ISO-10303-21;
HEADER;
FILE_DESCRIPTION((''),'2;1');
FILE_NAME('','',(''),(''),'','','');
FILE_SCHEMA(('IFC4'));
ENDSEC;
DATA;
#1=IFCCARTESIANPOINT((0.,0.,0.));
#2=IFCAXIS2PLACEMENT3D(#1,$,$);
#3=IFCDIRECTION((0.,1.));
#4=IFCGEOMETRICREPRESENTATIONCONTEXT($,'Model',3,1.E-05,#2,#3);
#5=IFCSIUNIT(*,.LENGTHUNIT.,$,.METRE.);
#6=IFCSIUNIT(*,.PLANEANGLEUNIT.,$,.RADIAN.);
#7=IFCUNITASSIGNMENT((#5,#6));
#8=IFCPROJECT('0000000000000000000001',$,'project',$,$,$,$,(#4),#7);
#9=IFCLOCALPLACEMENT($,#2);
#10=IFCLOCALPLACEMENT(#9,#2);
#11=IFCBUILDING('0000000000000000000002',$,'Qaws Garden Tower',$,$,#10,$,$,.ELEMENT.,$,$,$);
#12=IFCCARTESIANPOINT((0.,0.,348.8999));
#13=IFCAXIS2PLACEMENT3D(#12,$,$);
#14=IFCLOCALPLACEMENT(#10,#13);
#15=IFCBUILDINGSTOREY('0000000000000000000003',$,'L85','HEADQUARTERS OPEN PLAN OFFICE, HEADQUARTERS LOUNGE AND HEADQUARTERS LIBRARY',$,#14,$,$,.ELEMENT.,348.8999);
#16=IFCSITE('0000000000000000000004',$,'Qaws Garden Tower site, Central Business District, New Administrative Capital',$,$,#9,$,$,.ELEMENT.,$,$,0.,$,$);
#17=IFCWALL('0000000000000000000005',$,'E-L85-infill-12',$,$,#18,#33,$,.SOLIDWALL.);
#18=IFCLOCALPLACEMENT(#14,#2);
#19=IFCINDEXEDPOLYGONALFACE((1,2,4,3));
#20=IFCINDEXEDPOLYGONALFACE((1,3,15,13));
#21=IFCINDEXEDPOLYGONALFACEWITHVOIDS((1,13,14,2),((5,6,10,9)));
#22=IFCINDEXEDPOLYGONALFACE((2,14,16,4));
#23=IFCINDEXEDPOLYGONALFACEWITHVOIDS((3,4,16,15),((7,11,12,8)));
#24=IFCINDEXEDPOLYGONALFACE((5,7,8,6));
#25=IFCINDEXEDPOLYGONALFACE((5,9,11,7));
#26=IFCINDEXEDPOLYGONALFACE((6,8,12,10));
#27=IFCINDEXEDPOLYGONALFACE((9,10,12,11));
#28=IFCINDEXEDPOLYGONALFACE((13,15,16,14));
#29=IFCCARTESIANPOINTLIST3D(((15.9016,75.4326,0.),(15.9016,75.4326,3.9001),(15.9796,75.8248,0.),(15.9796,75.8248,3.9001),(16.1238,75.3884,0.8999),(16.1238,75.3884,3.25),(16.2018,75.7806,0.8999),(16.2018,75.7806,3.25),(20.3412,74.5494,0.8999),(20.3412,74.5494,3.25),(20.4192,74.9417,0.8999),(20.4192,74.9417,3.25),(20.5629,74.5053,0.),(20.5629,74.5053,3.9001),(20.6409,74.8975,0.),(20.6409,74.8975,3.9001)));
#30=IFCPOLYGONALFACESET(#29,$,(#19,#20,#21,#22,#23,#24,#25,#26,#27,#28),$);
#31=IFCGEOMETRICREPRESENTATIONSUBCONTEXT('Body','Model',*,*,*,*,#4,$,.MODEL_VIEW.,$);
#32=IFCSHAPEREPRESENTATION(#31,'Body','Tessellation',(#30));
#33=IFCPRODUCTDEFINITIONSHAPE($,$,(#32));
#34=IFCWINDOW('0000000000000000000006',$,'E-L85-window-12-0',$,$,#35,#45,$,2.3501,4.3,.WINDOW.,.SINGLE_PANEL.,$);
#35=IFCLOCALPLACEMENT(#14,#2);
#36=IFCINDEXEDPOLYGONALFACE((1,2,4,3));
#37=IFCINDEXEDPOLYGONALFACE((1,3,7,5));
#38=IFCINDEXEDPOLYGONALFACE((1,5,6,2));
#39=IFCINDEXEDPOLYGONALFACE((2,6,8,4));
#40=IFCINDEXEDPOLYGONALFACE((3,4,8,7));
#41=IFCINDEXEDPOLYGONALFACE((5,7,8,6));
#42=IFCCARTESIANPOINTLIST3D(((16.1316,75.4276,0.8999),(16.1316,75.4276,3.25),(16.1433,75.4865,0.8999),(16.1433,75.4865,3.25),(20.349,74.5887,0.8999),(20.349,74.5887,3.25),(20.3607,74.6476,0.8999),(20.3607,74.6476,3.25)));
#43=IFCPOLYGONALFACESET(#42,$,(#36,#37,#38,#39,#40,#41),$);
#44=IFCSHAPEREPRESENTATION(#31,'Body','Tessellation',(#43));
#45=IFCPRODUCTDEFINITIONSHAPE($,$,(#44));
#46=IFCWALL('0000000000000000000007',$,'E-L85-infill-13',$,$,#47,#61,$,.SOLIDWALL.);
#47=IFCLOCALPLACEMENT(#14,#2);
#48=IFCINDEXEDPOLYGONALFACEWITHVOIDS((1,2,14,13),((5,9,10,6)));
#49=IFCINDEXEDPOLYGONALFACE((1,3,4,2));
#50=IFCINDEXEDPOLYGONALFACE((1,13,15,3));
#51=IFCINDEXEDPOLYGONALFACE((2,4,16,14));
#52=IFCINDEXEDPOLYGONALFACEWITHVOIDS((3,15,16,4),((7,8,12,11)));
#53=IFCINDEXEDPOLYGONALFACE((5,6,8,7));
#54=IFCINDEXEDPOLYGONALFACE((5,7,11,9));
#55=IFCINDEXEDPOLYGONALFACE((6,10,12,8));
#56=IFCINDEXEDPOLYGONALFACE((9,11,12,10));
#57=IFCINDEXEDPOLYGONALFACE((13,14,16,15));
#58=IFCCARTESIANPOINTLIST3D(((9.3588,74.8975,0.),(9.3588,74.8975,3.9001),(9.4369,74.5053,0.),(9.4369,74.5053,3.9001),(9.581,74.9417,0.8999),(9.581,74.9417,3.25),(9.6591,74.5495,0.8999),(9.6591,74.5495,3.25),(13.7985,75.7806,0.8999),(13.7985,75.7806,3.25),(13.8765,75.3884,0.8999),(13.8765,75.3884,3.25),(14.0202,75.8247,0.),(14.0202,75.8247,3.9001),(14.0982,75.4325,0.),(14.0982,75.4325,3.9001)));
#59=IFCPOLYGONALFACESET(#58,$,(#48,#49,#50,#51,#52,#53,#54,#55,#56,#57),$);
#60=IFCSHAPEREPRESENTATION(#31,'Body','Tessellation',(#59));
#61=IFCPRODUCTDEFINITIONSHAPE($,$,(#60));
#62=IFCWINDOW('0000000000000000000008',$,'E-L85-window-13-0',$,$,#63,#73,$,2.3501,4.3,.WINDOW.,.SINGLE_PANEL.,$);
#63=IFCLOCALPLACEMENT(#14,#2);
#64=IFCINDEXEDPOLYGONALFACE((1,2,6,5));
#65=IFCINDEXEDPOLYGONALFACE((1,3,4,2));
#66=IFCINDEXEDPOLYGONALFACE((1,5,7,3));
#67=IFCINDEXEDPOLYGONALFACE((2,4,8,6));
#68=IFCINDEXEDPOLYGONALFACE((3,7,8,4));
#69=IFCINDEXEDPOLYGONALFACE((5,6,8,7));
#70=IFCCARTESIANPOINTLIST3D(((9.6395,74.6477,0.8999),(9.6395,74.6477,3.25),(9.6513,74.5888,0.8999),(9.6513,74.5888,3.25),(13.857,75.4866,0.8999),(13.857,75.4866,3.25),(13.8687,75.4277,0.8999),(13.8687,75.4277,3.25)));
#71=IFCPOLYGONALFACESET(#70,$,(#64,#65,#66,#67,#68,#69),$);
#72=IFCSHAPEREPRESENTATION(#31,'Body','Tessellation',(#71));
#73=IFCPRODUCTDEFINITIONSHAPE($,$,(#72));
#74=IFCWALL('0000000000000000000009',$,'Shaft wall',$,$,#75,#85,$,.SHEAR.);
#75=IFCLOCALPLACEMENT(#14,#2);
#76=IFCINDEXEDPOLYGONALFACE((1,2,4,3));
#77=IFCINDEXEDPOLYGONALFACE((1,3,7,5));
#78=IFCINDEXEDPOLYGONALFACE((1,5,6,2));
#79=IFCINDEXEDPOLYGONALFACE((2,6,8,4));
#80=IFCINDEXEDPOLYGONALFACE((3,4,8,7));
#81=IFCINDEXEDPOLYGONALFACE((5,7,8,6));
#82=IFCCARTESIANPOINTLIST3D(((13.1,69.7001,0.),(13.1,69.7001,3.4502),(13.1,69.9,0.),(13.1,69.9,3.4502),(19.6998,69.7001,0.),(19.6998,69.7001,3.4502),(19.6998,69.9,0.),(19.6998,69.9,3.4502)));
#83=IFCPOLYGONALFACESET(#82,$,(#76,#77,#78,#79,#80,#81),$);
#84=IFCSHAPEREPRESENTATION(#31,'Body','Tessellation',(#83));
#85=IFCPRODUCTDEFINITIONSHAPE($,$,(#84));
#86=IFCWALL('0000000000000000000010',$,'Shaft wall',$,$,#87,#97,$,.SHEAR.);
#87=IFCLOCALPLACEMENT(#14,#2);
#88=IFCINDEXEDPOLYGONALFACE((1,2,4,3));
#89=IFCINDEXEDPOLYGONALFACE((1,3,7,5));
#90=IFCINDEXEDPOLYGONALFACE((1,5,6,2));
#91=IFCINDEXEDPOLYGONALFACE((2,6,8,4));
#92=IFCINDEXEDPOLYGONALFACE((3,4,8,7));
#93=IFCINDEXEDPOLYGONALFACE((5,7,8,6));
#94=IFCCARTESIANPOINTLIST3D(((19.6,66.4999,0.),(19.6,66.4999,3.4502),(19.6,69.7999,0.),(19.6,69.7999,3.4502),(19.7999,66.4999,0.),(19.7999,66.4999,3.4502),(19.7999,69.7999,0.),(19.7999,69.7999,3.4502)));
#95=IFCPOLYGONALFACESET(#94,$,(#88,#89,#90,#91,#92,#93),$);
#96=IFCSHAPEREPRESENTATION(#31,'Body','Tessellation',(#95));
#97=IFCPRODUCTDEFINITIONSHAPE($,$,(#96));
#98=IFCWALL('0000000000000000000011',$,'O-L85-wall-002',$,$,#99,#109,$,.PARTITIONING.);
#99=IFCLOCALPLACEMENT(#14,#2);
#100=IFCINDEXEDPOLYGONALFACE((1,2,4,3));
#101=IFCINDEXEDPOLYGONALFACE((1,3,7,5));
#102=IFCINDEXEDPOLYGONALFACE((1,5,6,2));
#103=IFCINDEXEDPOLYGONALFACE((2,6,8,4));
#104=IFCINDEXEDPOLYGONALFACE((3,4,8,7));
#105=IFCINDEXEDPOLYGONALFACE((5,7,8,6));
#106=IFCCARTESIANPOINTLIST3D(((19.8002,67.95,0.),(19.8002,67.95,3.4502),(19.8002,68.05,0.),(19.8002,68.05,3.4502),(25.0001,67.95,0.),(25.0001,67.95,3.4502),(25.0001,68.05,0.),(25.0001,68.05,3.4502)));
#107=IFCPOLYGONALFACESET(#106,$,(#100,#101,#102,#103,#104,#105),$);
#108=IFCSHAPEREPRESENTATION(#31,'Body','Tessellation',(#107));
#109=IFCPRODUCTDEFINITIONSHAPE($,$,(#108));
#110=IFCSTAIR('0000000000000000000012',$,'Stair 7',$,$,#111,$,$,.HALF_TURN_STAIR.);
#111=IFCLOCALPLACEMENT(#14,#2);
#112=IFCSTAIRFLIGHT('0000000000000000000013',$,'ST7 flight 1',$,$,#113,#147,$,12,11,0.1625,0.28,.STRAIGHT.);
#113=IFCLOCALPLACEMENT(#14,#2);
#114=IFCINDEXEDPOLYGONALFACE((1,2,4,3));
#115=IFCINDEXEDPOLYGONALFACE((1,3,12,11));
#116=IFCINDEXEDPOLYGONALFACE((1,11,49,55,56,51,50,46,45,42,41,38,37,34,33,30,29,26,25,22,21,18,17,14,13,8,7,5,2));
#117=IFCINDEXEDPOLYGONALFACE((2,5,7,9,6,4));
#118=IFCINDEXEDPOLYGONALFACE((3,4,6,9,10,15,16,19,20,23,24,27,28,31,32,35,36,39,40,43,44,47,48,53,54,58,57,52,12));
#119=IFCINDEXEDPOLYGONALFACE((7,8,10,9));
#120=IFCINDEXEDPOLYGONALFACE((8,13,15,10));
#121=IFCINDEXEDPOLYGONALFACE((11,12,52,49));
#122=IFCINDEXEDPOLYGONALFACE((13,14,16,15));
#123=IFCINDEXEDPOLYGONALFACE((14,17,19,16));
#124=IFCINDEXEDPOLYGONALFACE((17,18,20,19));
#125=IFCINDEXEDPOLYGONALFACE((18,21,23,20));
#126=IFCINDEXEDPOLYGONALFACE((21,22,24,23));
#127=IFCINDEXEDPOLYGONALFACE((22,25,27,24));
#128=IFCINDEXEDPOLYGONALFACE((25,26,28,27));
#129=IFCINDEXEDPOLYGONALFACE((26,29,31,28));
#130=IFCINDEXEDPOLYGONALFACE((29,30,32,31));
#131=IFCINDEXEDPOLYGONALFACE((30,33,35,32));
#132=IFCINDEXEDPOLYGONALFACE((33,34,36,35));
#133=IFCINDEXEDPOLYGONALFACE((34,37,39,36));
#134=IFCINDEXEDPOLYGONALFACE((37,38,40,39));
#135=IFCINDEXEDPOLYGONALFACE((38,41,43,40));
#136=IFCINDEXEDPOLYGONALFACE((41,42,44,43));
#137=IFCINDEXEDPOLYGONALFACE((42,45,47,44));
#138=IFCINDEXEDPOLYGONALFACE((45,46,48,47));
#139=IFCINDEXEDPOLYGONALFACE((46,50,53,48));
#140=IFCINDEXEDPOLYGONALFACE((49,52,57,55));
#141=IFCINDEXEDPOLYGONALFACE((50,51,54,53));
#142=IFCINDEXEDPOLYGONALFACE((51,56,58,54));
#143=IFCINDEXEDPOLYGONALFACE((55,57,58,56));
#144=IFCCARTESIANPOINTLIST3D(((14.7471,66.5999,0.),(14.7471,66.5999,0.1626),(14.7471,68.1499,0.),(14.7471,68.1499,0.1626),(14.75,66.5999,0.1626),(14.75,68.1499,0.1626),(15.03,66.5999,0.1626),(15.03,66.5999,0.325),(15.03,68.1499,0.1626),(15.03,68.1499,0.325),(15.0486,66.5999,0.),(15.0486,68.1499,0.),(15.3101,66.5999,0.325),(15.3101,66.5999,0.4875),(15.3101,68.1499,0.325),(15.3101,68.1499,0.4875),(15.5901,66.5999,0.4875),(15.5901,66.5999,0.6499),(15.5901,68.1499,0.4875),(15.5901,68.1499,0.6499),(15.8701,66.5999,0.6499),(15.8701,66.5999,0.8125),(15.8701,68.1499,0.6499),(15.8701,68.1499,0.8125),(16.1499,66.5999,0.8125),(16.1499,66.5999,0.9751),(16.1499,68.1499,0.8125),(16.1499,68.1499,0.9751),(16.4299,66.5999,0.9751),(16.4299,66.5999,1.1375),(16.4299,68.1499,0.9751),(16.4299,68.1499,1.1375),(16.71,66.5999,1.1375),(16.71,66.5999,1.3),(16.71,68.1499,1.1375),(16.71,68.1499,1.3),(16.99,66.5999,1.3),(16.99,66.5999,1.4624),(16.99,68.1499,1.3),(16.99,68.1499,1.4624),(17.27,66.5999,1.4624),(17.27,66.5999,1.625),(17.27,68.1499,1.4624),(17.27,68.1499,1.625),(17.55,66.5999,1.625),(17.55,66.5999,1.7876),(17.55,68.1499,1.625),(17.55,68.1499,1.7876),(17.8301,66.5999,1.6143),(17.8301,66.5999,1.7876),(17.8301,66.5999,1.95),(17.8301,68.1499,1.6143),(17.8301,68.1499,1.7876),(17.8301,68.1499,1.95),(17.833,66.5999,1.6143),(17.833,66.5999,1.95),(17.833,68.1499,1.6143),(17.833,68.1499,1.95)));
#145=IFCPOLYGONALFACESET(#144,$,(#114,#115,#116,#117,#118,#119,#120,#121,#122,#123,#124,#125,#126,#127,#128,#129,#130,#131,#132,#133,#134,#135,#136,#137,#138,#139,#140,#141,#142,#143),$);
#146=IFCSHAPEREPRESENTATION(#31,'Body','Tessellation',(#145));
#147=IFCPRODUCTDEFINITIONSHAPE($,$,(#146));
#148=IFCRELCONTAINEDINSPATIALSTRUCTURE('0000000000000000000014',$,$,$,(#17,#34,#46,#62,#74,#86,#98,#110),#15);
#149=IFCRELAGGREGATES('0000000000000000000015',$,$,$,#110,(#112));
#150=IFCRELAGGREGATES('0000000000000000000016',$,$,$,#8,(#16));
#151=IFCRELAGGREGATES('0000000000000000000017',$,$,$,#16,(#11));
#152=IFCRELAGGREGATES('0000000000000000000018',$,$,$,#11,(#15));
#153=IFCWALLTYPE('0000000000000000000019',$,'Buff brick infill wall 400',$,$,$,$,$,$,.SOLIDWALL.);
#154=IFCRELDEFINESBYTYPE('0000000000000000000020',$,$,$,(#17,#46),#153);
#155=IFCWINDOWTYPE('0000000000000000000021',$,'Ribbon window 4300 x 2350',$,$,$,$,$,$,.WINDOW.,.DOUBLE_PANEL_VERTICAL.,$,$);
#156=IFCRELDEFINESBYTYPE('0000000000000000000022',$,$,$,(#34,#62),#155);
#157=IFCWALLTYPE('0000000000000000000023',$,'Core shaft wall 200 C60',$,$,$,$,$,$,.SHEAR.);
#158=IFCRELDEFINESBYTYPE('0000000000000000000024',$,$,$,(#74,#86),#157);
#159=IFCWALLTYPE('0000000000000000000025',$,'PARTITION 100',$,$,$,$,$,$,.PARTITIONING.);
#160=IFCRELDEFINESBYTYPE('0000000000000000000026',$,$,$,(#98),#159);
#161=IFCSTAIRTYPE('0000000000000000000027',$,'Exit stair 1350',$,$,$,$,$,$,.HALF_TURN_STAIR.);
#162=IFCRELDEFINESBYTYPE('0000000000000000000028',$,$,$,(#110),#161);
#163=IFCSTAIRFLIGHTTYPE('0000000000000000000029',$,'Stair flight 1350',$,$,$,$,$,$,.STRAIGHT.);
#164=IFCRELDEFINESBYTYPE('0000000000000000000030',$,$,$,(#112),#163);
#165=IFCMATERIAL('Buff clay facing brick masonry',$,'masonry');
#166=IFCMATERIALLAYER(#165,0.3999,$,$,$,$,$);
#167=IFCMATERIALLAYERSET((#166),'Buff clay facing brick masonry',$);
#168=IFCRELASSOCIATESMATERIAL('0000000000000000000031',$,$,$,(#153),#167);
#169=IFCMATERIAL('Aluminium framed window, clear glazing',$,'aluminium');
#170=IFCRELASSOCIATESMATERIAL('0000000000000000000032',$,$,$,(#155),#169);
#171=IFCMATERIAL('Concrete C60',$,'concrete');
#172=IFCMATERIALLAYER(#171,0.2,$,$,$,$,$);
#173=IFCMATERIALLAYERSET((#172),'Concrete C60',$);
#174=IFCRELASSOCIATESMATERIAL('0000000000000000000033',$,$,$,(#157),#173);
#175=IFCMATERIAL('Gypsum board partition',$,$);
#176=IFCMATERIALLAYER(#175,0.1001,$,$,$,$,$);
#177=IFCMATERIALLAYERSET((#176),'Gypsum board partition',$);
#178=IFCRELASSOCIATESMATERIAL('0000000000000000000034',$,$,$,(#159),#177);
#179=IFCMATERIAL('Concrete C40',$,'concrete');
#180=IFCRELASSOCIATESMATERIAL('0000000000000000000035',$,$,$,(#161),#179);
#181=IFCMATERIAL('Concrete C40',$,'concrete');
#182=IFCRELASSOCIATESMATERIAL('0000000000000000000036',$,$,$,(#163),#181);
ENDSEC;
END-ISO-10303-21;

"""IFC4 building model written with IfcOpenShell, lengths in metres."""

from ifc_helpers import new_model, si_unit, direction, frame, frame_2d, origin, place, context, subcontext, project, spatial, polyline, rectangle, outline, extrude, material, layer, layer_set, type_object, element, fill, aggregate, save


model = new_model("IFC4")

# Units and contexts
model_context = context("Model", 3, precision=1e-05, world=origin(), true_north=direction((0.0, 1.0)))
body_context = subcontext(model_context, "Body", "Model", "MODEL_VIEW")
ifc_project = project(units=[si_unit("LENGTHUNIT", "METRE"), si_unit("PLANEANGLEUNIT", "RADIAN")], contexts=[model_context])

# Site, building, storey
site_placement = place(None, origin())
site = spatial("IfcSite", under=ifc_project, at=site_placement, Name="Qaws Garden Tower site, Central Business District, New Administrative Capital", CompositionType="ELEMENT", RefElevation=0.0)
building_placement = place(site_placement, origin())
building = spatial("IfcBuilding", under=site, at=building_placement, Name="Qaws Garden Tower", CompositionType="ELEMENT")
storey_placement = place(building_placement, frame((0.0, 0.0, 348.8999)))
storey = spatial("IfcBuildingStorey", under=building, at=storey_placement, Name="L85", Description="HEADQUARTERS OPEN PLAN OFFICE, HEADQUARTERS LOUNGE AND HEADQUARTERS LIBRARY", CompositionType="ELEMENT", Elevation=348.8999)

# Walls, openings, windows
ifc_material_1 = material(Name="Buff clay facing brick masonry", Category="masonry")
ifc_layer_1 = layer(ifc_material_1, 0.3999)
ifc_layer_set_1 = layer_set([ifc_layer_1], Name="Buff clay facing brick masonry")
wall_type_1 = type_object("IfcWallType", Name="Buff brick infill wall 400", PredefinedType="SOLIDWALL", material=ifc_layer_set_1)
ifc_material_2 = material(Name="Aluminium framed window, clear glazing", Category="aluminium")
window_type = type_object("IfcWindowType", Name="Ribbon window 4300 x 2350", PartitioningType="DOUBLE_PANEL_VERTICAL", PredefinedType="WINDOW", material=ifc_material_2)
wall_1_placement = place(storey_placement, frame((20.6021, 74.7014, 0.0), z_axis=(0.0, 0.0, 1.0), x_axis=(-0.980784, 0.195099, 0.0)))
wall_1 = element("IfcWall", 1, at=wall_1_placement, inside=storey, type_object=wall_type_1, Name="E-L85-infill-12", PredefinedType="SOLIDWALL", context=body_context, shape_type="SweptSolid", body=[
    extrude(rectangle(XDim=4.7527, YDim=0.3999, at=frame_2d((2.3765, 0.0))), origin(), (0.0, 0.0, 1.0), 3.9001),
])
opening_1_placement = place(wall_1_placement, frame((0.2263, 0.0, 0.8999)))
opening_1 = element("IfcOpeningElement", 2, at=opening_1_placement, cuts=wall_1, PredefinedType="OPENING", context=body_context, shape_type="SweptSolid", body=[
    extrude(rectangle(XDim=4.3, YDim=2.3501, at=frame_2d((2.1499, 1.175))), frame((0.0, 0.21, 0.0), z_axis=(0.0, -1.0, 0.0), x_axis=(1.0, 0.0, 0.0)), (0.0, 0.0, 1.0), 0.4199),
])
window_1_placement = place(opening_1_placement, origin())
window_1 = element("IfcWindow", 3, at=window_1_placement, inside=storey, type_object=window_type, Name="E-L85-window-12-0", OverallHeight=2.3501, OverallWidth=4.3, PartitioningType="SINGLE_PANEL", PredefinedType="WINDOW", context=body_context, shape_type="SweptSolid", body=[
    extrude(rectangle(XDim=4.3, YDim=2.3501, at=frame_2d((2.1499, 1.175))), frame((0.0, 0.1599, 0.0), z_axis=(0.0, -1.0, 0.0), x_axis=(1.0, 0.0, 0.0)), (0.0, 0.0, 1.0), 0.0601),
])
fill(opening_1, window_1)
wall_2_placement = place(storey_placement, frame((14.0593, 75.6287, 0.0), z_axis=(0.0, 0.0, 1.0), x_axis=(-0.980784, -0.195099, 0.0)))
wall_2 = element("IfcWall", 4, at=wall_2_placement, inside=storey, type_object=wall_type_1, Name="E-L85-infill-13", PredefinedType="SOLIDWALL", context=body_context, shape_type="SweptSolid", body=[
    extrude(rectangle(XDim=4.7527, YDim=0.3999, at=frame_2d((2.3765, 0.0))), origin(), (0.0, 0.0, 1.0), 3.9001),
])
opening_2_placement = place(wall_2_placement, frame((0.2263, 0.0, 0.8999)))
opening_2 = element("IfcOpeningElement", 5, at=opening_2_placement, cuts=wall_2, PredefinedType="OPENING", context=body_context, shape_type="SweptSolid", body=[
    extrude(rectangle(XDim=4.3, YDim=2.3501, at=frame_2d((2.1499, 1.175))), frame((0.0, 0.21, 0.0), z_axis=(0.0, -1.0, 0.0), x_axis=(1.0, 0.0, 0.0)), (0.0, 0.0, 1.0), 0.4199),
])
window_2_placement = place(opening_2_placement, origin())
window_2 = element("IfcWindow", 6, at=window_2_placement, inside=storey, type_object=window_type, Name="E-L85-window-13-0", OverallHeight=2.3501, OverallWidth=4.3, PartitioningType="SINGLE_PANEL", PredefinedType="WINDOW", context=body_context, shape_type="SweptSolid", body=[
    extrude(rectangle(XDim=4.3, YDim=2.3501, at=frame_2d((2.1499, 1.175))), frame((0.0, 0.1599, 0.0), z_axis=(0.0, -1.0, 0.0), x_axis=(1.0, 0.0, 0.0)), (0.0, 0.0, 1.0), 0.0601),
])
fill(opening_2, window_2)

# Walls
ifc_material_3 = material(Name="Concrete C60", Category="concrete")
ifc_layer_2 = layer(ifc_material_3, 0.2)
ifc_layer_set_2 = layer_set([ifc_layer_2], Name="Concrete C60")
wall_type_2 = type_object("IfcWallType", Name="Core shaft wall 200 C60", PredefinedType="SHEAR", material=ifc_layer_set_2)
wall_3_placement = place(storey_placement, frame((13.1001, 69.8, 0.0), z_axis=(0.0, 0.0, 1.0), x_axis=(1.0, 0.0, 0.0)))
element("IfcWall", 7, at=wall_3_placement, inside=storey, type_object=wall_type_2, Name="Shaft wall", PredefinedType="SHEAR", context=body_context, shape_type="SweptSolid", body=[
    extrude(rectangle(XDim=6.5999, YDim=0.2, at=frame_2d((3.2998, 0.0))), origin(), (0.0, 0.0, 1.0), 3.4502),
])
wall_4_placement = place(storey_placement, frame((19.7, 66.5, 0.0), z_axis=(0.0, 0.0, 1.0), x_axis=(0.0, 1.0, 0.0)))
element("IfcWall", 8, at=wall_4_placement, inside=storey, type_object=wall_type_2, Name="Shaft wall", PredefinedType="SHEAR", context=body_context, shape_type="SweptSolid", body=[
    extrude(rectangle(XDim=3.3, YDim=0.2, at=frame_2d((1.6499, 0.0))), origin(), (0.0, 0.0, 1.0), 3.4502),
])
ifc_material_4 = material(Name="Gypsum board partition")
ifc_layer_3 = layer(ifc_material_4, 0.1001)
ifc_layer_set_3 = layer_set([ifc_layer_3], Name="Gypsum board partition")
wall_type_3 = type_object("IfcWallType", Name="PARTITION 100", PredefinedType="PARTITIONING", material=ifc_layer_set_3)
wall_5_placement = place(storey_placement, frame((19.8, 68.0, 0.0), z_axis=(0.0, 0.0, 1.0), x_axis=(1.0, 0.0, 0.0)))
element("IfcWall", 9, at=wall_5_placement, inside=storey, type_object=wall_type_3, Name="O-L85-wall-002", PredefinedType="PARTITIONING", context=body_context, shape_type="SweptSolid", body=[
    extrude(rectangle(XDim=5.2, YDim=0.1001, at=frame_2d((2.6001, 0.0))), origin(), (0.0, 0.0, 1.0), 3.4502),
])

# Stair, stair flight
ifc_material_5 = material(Name="Concrete C40", Category="concrete")
stair_type = type_object("IfcStairType", Name="Exit stair 1350", PredefinedType="HALF_TURN_STAIR", material=ifc_material_5)
stair_placement = place(storey_placement, origin())
stair = element("IfcStair", 10, at=stair_placement, inside=storey, type_object=stair_type, Name="Stair 7", PredefinedType="HALF_TURN_STAIR")
ifc_material_6 = material(Name="Concrete C40", Category="concrete")
stair_flight_type = type_object("IfcStairFlightType", Name="Stair flight 1350", PredefinedType="STRAIGHT", material=ifc_material_6)
stair_flight_1_placement = place(storey_placement, frame((14.75, 67.375, 0.0), z_axis=(0.0, 0.0, 1.0), x_axis=(1.0, 0.0, 0.0)))
stair_flight_1 = element("IfcStairFlight", 11, at=stair_flight_1_placement, type_object=stair_flight_type, Name="ST7 flight 1", NumberOfRisers=12, NumberOfTreads=11, PredefinedType="STRAIGHT", RiserHeight=0.1625, TreadLength=0.28, context=body_context, shape_type="SweptSolid", body=[
    extrude(outline(polyline([(-0.0029, 0.0), (-0.0029, 0.1626), (0.0, 0.1626), (0.28, 0.1626), (0.28, 0.325), (0.5601, 0.325), (0.5601, 0.4875), (0.8401, 0.4875), (0.8401, 0.6499), (1.1201, 0.6499), (1.1201, 0.8125), (1.3999, 0.8125), (1.3999, 0.9751), (1.6799, 0.9751), (1.6799, 1.1375), (1.96, 1.1375), (1.96, 1.3), (2.24, 1.3), (2.24, 1.4624), (2.52, 1.4624), (2.52, 1.625), (2.8, 1.625), (2.8, 1.7876), (3.0801, 1.7876), (3.0801, 1.95), (3.083, 1.95), (3.083, 1.6143), (3.0801, 1.6143), (0.2986, 0.0), (-0.0029, 0.0)])), frame((0.0, 0.7749, 0.0), z_axis=(0.0, -1.0, 0.0), x_axis=(1.0, 0.0, 0.0)), (0.0, 0.0, 1.0), 1.55),
])
aggregate(stair, [stair_flight_1])

save(model, "model.ifc")
